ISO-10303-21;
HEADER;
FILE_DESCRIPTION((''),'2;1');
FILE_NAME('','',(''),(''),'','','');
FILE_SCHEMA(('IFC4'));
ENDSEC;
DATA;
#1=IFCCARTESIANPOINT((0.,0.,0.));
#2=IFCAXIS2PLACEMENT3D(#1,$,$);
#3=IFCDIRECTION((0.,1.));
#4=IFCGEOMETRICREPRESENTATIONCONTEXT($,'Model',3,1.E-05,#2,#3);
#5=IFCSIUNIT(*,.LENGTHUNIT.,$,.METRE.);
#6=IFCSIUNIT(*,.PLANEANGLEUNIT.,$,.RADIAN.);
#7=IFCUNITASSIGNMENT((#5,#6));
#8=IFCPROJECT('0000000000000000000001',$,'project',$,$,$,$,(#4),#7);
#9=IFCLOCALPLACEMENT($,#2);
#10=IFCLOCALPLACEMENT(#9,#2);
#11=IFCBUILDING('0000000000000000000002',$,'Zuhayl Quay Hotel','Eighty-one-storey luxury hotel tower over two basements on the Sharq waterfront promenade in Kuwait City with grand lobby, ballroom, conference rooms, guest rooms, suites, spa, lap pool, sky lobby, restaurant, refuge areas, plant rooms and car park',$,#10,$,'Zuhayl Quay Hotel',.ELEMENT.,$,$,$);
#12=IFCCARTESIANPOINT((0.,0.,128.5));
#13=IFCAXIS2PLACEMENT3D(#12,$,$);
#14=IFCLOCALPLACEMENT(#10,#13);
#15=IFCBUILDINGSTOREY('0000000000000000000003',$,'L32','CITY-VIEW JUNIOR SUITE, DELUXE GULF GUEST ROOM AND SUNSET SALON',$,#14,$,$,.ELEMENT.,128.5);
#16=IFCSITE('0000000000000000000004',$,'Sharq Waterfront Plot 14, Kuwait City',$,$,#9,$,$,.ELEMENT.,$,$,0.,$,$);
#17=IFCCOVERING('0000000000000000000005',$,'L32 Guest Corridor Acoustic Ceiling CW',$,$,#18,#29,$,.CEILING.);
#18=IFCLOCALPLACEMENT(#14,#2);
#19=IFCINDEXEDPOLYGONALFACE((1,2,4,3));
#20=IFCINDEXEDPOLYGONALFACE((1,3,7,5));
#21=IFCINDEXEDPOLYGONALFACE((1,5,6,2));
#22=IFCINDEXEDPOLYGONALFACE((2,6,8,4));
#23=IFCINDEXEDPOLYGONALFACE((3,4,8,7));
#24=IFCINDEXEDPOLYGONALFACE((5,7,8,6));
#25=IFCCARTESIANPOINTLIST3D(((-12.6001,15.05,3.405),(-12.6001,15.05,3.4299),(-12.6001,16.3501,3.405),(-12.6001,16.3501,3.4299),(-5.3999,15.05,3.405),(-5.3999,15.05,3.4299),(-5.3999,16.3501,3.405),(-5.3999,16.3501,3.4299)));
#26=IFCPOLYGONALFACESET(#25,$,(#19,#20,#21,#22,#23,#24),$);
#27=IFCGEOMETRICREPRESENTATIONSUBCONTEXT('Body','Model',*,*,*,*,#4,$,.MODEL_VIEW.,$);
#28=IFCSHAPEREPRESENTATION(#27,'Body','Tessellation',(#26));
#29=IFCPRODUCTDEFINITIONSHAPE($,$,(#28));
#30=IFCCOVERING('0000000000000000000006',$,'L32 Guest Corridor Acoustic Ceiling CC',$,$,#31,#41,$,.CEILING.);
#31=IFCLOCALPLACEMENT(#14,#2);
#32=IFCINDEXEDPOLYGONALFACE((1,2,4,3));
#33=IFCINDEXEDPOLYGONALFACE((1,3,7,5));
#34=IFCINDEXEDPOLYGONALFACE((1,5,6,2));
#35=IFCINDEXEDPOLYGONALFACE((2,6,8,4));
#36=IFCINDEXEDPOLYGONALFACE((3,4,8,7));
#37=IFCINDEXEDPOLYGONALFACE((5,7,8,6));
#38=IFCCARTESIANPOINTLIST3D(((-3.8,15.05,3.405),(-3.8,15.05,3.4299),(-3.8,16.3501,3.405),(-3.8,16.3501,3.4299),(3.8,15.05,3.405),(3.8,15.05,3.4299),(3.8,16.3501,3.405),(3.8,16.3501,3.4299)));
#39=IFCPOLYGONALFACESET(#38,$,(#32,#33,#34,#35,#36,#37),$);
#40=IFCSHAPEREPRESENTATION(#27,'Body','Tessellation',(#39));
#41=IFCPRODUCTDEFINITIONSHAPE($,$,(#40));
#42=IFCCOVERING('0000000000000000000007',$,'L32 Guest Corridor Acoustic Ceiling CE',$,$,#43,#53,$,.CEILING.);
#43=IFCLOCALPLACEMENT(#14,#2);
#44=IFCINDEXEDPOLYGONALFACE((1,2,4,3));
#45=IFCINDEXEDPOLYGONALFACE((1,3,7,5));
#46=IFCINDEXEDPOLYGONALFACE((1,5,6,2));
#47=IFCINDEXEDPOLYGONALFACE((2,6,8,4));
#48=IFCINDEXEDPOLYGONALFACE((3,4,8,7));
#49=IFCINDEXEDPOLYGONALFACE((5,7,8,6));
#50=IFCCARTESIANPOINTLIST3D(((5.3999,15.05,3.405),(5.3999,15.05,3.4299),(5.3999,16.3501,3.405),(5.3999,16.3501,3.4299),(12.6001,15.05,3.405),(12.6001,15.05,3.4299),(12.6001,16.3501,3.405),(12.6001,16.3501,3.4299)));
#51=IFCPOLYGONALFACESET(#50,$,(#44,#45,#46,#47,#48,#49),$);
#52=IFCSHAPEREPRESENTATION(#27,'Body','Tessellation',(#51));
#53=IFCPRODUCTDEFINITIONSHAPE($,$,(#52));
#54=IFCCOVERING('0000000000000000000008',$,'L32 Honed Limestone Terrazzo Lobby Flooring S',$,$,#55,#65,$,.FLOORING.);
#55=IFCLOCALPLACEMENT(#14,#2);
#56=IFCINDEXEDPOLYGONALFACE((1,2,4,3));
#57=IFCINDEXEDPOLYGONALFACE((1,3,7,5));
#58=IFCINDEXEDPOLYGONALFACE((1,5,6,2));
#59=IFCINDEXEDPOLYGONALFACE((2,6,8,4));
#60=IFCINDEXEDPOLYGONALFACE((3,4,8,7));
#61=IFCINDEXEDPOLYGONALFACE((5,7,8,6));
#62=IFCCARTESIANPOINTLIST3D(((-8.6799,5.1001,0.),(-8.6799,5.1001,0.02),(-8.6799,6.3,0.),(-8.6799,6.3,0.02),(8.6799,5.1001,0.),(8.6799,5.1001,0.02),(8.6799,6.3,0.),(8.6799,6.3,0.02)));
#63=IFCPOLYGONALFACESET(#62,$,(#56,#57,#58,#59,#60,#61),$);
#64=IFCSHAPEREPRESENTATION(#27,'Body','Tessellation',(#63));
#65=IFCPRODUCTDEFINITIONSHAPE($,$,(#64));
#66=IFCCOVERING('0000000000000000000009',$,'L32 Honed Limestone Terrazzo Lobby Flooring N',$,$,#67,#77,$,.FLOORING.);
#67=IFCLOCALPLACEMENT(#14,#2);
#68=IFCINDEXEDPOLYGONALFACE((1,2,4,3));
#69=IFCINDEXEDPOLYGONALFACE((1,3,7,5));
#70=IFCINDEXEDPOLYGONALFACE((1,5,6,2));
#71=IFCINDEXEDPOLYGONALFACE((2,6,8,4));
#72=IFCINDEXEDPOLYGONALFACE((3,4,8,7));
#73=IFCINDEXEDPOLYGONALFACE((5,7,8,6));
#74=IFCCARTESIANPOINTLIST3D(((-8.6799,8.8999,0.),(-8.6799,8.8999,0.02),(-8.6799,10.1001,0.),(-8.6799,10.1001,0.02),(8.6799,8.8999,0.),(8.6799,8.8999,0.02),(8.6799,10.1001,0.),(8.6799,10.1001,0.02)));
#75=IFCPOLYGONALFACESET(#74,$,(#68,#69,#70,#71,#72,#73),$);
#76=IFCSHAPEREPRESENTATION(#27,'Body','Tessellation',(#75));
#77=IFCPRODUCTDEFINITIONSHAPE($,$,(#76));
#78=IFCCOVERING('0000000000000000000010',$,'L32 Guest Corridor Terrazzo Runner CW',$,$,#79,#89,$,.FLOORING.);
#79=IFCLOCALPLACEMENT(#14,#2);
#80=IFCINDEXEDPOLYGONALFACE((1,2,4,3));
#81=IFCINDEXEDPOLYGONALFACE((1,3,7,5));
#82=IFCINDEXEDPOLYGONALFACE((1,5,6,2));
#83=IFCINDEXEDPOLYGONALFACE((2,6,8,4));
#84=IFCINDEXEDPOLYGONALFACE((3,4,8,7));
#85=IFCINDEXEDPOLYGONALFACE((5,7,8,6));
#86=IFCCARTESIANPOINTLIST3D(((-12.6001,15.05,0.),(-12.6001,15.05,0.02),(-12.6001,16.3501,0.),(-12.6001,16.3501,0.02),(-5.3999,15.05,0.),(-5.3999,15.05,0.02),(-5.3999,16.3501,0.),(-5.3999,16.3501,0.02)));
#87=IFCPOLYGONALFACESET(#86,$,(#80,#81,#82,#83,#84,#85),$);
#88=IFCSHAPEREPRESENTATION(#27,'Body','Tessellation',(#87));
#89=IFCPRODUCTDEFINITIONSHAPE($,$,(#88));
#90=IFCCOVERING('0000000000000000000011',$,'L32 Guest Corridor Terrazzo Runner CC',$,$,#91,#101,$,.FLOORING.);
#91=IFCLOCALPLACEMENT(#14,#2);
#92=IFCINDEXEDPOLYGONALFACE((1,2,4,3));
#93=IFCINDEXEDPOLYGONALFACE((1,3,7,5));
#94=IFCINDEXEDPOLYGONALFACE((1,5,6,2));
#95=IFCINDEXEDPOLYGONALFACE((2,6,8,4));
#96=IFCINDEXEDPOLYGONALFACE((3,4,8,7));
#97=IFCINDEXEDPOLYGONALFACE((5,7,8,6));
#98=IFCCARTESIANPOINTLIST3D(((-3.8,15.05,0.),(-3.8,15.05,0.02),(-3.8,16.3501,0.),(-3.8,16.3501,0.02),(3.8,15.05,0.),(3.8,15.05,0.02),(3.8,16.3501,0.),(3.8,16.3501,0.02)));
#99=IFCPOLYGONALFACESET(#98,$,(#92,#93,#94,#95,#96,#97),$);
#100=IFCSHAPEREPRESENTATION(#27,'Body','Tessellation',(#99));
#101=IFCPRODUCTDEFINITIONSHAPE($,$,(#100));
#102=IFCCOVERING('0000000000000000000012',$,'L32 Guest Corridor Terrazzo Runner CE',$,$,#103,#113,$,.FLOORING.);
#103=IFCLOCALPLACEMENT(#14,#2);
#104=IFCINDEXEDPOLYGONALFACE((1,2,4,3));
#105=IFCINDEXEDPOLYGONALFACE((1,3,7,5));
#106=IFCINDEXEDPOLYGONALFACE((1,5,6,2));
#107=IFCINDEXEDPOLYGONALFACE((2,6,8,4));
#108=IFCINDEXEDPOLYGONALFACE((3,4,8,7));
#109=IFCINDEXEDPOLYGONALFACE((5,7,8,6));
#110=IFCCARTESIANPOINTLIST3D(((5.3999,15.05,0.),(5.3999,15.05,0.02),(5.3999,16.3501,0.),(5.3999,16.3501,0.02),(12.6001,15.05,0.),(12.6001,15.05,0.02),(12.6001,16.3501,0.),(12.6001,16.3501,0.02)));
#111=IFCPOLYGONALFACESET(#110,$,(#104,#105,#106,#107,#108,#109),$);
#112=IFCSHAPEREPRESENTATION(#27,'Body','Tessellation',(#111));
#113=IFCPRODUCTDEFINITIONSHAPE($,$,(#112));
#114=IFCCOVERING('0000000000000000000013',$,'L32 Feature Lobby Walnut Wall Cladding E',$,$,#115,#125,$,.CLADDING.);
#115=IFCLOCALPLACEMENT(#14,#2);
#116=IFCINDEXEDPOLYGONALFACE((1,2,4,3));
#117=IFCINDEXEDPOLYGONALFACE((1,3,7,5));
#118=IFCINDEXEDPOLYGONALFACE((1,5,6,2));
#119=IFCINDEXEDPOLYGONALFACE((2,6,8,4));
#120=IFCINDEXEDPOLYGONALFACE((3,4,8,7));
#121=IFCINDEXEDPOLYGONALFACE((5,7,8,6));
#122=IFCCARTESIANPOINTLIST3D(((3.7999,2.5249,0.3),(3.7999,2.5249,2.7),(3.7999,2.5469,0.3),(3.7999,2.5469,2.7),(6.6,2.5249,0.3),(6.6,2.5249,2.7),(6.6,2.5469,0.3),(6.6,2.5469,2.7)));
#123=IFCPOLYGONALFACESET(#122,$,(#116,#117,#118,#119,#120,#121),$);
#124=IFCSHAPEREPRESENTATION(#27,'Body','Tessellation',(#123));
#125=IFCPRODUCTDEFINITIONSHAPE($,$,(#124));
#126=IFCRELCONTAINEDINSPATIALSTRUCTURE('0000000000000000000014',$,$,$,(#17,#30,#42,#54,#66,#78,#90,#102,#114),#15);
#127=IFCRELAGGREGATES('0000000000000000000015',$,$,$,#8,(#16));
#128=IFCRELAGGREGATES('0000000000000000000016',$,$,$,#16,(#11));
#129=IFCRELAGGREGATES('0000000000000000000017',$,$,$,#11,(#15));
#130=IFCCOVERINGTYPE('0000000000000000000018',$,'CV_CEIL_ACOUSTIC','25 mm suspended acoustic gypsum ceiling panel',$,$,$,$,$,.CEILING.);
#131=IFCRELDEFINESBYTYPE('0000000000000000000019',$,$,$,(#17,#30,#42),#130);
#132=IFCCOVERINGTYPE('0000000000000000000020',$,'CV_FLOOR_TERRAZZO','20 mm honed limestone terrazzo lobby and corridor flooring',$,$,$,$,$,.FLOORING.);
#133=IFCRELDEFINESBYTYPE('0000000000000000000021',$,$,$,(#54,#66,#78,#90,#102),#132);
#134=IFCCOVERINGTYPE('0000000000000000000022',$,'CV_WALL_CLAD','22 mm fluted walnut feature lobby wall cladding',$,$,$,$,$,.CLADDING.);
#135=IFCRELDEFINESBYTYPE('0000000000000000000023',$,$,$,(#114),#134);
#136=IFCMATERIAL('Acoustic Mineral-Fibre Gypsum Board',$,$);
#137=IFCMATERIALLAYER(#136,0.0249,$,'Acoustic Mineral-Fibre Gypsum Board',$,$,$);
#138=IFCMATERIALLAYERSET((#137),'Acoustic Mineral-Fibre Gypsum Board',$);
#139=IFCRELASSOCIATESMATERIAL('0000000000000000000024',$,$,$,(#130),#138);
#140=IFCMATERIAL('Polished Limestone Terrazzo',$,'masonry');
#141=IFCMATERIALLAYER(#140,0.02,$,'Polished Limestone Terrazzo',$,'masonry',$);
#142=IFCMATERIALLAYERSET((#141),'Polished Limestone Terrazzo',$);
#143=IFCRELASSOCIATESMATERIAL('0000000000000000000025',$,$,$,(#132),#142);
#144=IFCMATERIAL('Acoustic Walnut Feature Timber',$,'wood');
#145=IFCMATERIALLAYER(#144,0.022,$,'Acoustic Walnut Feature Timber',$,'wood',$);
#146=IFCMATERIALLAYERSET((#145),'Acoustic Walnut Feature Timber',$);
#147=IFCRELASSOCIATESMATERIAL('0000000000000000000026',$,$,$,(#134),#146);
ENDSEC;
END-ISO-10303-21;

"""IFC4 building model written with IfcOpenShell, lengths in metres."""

from ifc_helpers import new_model, si_unit, direction, frame, origin, origin_2d, place, context, subcontext, project, spatial, polyline, rectangle, outline, extrude, material, layer, layer_set, type_object, element, save


model = new_model("IFC4")

# Units and contexts
model_context = context("Model", 3, precision=1e-05, world=origin(), true_north=direction((0.0, 1.0)))
body_context = subcontext(model_context, "Body", "Model", "MODEL_VIEW")
ifc_project = project(units=[si_unit("LENGTHUNIT", "METRE"), si_unit("PLANEANGLEUNIT", "RADIAN")], contexts=[model_context])

# Site, building, storey
site_placement = place(None, origin())
site = spatial("IfcSite", under=ifc_project, at=site_placement, Name="Sharq Waterfront Plot 14, Kuwait City", CompositionType="ELEMENT", RefElevation=0.0)
building_placement = place(site_placement, origin())
building = spatial("IfcBuilding", under=site, at=building_placement, Name="Zuhayl Quay Hotel", Description="Eighty-one-storey luxury hotel tower over two basements on the Sharq waterfront promenade in Kuwait City with grand lobby, ballroom, conference rooms, guest rooms, suites, spa, lap pool, sky lobby, restaurant, refuge areas, plant rooms and car park", LongName="Zuhayl Quay Hotel", CompositionType="ELEMENT")
storey_placement = place(building_placement, frame((0.0, 0.0, 128.5)))
storey = spatial("IfcBuildingStorey", under=building, at=storey_placement, Name="L32", Description="CITY-VIEW JUNIOR SUITE, DELUXE GULF GUEST ROOM AND SUNSET SALON", CompositionType="ELEMENT", Elevation=128.5)

# Coverings
ifc_material_1 = material(Name="Acoustic Mineral-Fibre Gypsum Board")
ifc_layer_1 = layer(ifc_material_1, 0.0249, Name="Acoustic Mineral-Fibre Gypsum Board")
ifc_layer_set_1 = layer_set([ifc_layer_1], Name="Acoustic Mineral-Fibre Gypsum Board")
covering_type_1 = type_object("IfcCoveringType", Name="CV_CEIL_ACOUSTIC", Description="25 mm suspended acoustic gypsum ceiling panel", PredefinedType="CEILING", material=ifc_layer_set_1)
covering_1_placement = place(storey_placement, frame((0.0, 0.0, 3.405)))
element("IfcCovering", 1, at=covering_1_placement, inside=storey, type_object=covering_type_1, Name="L32 Guest Corridor Acoustic Ceiling CW", PredefinedType="CEILING", context=body_context, shape_type="SweptSolid", body=[
    extrude(outline(polyline([(-12.6001, 15.05), (-5.3999, 15.05), (-5.3999, 16.3501), (-12.6001, 16.3501), (-12.6001, 15.05)])), origin(), (0.0, 0.0, 1.0), 0.0249),
])
covering_2_placement = place(storey_placement, frame((0.0, 0.0, 3.405)))
element("IfcCovering", 2, at=covering_2_placement, inside=storey, type_object=covering_type_1, Name="L32 Guest Corridor Acoustic Ceiling CC", PredefinedType="CEILING", context=body_context, shape_type="SweptSolid", body=[
    extrude(outline(polyline([(-3.8, 15.05), (3.8, 15.05), (3.8, 16.3501), (-3.8, 16.3501), (-3.8, 15.05)])), origin(), (0.0, 0.0, 1.0), 0.0249),
])
covering_3_placement = place(storey_placement, frame((0.0, 0.0, 3.405)))
element("IfcCovering", 3, at=covering_3_placement, inside=storey, type_object=covering_type_1, Name="L32 Guest Corridor Acoustic Ceiling CE", PredefinedType="CEILING", context=body_context, shape_type="SweptSolid", body=[
    extrude(outline(polyline([(5.3999, 15.05), (12.6001, 15.05), (12.6001, 16.3501), (5.3999, 16.3501), (5.3999, 15.05)])), origin(), (0.0, 0.0, 1.0), 0.0249),
])
ifc_material_2 = material(Name="Polished Limestone Terrazzo", Category="masonry")
ifc_layer_2 = layer(ifc_material_2, 0.02, Name="Polished Limestone Terrazzo", Category="masonry")
ifc_layer_set_2 = layer_set([ifc_layer_2], Name="Polished Limestone Terrazzo")
covering_type_2 = type_object("IfcCoveringType", Name="CV_FLOOR_TERRAZZO", Description="20 mm honed limestone terrazzo lobby and corridor flooring", PredefinedType="FLOORING", material=ifc_layer_set_2)
covering_4_placement = place(storey_placement, origin())
element("IfcCovering", 4, at=covering_4_placement, inside=storey, type_object=covering_type_2, Name="L32 Honed Limestone Terrazzo Lobby Flooring S", PredefinedType="FLOORING", context=body_context, shape_type="SweptSolid", body=[
    extrude(outline(polyline([(-8.6799, 5.1001), (8.6799, 5.1001), (8.6799, 6.3), (-8.6799, 6.3), (-8.6799, 5.1001)])), origin(), (0.0, 0.0, 1.0), 0.02),
])
covering_5_placement = place(storey_placement, origin())
element("IfcCovering", 5, at=covering_5_placement, inside=storey, type_object=covering_type_2, Name="L32 Honed Limestone Terrazzo Lobby Flooring N", PredefinedType="FLOORING", context=body_context, shape_type="SweptSolid", body=[
    extrude(outline(polyline([(-8.6799, 8.8999), (8.6799, 8.8999), (8.6799, 10.1001), (-8.6799, 10.1001), (-8.6799, 8.8999)])), origin(), (0.0, 0.0, 1.0), 0.02),
])
covering_6_placement = place(storey_placement, origin())
element("IfcCovering", 6, at=covering_6_placement, inside=storey, type_object=covering_type_2, Name="L32 Guest Corridor Terrazzo Runner CW", PredefinedType="FLOORING", context=body_context, shape_type="SweptSolid", body=[
    extrude(outline(polyline([(-12.6001, 15.05), (-5.3999, 15.05), (-5.3999, 16.3501), (-12.6001, 16.3501), (-12.6001, 15.05)])), origin(), (0.0, 0.0, 1.0), 0.02),
])
covering_7_placement = place(storey_placement, origin())
element("IfcCovering", 7, at=covering_7_placement, inside=storey, type_object=covering_type_2, Name="L32 Guest Corridor Terrazzo Runner CC", PredefinedType="FLOORING", context=body_context, shape_type="SweptSolid", body=[
    extrude(outline(polyline([(-3.8, 15.05), (3.8, 15.05), (3.8, 16.3501), (-3.8, 16.3501), (-3.8, 15.05)])), origin(), (0.0, 0.0, 1.0), 0.02),
])
covering_8_placement = place(storey_placement, origin())
element("IfcCovering", 8, at=covering_8_placement, inside=storey, type_object=covering_type_2, Name="L32 Guest Corridor Terrazzo Runner CE", PredefinedType="FLOORING", context=body_context, shape_type="SweptSolid", body=[
    extrude(outline(polyline([(5.3999, 15.05), (12.6001, 15.05), (12.6001, 16.3501), (5.3999, 16.3501), (5.3999, 15.05)])), origin(), (0.0, 0.0, 1.0), 0.02),
])
ifc_material_3 = material(Name="Acoustic Walnut Feature Timber", Category="wood")
ifc_layer_3 = layer(ifc_material_3, 0.022, Name="Acoustic Walnut Feature Timber", Category="wood")
ifc_layer_set_3 = layer_set([ifc_layer_3], Name="Acoustic Walnut Feature Timber")
covering_type_3 = type_object("IfcCoveringType", Name="CV_WALL_CLAD", Description="22 mm fluted walnut feature lobby wall cladding", PredefinedType="CLADDING", material=ifc_layer_set_3)
covering_9_placement = place(storey_placement, frame((5.2, 2.5359, 0.3), z_axis=(0.0, 0.0, 1.0), x_axis=(1.0, 0.0, 0.0)))
element("IfcCovering", 9, at=covering_9_placement, inside=storey, type_object=covering_type_3, Name="L32 Feature Lobby Walnut Wall Cladding E", PredefinedType="CLADDING", context=body_context, shape_type="SweptSolid", body=[
    extrude(rectangle(XDim=2.8, YDim=0.022, at=origin_2d()), origin(), (0.0, 0.0, 1.0), 2.3999),
])

save(model, "model.ifc")
